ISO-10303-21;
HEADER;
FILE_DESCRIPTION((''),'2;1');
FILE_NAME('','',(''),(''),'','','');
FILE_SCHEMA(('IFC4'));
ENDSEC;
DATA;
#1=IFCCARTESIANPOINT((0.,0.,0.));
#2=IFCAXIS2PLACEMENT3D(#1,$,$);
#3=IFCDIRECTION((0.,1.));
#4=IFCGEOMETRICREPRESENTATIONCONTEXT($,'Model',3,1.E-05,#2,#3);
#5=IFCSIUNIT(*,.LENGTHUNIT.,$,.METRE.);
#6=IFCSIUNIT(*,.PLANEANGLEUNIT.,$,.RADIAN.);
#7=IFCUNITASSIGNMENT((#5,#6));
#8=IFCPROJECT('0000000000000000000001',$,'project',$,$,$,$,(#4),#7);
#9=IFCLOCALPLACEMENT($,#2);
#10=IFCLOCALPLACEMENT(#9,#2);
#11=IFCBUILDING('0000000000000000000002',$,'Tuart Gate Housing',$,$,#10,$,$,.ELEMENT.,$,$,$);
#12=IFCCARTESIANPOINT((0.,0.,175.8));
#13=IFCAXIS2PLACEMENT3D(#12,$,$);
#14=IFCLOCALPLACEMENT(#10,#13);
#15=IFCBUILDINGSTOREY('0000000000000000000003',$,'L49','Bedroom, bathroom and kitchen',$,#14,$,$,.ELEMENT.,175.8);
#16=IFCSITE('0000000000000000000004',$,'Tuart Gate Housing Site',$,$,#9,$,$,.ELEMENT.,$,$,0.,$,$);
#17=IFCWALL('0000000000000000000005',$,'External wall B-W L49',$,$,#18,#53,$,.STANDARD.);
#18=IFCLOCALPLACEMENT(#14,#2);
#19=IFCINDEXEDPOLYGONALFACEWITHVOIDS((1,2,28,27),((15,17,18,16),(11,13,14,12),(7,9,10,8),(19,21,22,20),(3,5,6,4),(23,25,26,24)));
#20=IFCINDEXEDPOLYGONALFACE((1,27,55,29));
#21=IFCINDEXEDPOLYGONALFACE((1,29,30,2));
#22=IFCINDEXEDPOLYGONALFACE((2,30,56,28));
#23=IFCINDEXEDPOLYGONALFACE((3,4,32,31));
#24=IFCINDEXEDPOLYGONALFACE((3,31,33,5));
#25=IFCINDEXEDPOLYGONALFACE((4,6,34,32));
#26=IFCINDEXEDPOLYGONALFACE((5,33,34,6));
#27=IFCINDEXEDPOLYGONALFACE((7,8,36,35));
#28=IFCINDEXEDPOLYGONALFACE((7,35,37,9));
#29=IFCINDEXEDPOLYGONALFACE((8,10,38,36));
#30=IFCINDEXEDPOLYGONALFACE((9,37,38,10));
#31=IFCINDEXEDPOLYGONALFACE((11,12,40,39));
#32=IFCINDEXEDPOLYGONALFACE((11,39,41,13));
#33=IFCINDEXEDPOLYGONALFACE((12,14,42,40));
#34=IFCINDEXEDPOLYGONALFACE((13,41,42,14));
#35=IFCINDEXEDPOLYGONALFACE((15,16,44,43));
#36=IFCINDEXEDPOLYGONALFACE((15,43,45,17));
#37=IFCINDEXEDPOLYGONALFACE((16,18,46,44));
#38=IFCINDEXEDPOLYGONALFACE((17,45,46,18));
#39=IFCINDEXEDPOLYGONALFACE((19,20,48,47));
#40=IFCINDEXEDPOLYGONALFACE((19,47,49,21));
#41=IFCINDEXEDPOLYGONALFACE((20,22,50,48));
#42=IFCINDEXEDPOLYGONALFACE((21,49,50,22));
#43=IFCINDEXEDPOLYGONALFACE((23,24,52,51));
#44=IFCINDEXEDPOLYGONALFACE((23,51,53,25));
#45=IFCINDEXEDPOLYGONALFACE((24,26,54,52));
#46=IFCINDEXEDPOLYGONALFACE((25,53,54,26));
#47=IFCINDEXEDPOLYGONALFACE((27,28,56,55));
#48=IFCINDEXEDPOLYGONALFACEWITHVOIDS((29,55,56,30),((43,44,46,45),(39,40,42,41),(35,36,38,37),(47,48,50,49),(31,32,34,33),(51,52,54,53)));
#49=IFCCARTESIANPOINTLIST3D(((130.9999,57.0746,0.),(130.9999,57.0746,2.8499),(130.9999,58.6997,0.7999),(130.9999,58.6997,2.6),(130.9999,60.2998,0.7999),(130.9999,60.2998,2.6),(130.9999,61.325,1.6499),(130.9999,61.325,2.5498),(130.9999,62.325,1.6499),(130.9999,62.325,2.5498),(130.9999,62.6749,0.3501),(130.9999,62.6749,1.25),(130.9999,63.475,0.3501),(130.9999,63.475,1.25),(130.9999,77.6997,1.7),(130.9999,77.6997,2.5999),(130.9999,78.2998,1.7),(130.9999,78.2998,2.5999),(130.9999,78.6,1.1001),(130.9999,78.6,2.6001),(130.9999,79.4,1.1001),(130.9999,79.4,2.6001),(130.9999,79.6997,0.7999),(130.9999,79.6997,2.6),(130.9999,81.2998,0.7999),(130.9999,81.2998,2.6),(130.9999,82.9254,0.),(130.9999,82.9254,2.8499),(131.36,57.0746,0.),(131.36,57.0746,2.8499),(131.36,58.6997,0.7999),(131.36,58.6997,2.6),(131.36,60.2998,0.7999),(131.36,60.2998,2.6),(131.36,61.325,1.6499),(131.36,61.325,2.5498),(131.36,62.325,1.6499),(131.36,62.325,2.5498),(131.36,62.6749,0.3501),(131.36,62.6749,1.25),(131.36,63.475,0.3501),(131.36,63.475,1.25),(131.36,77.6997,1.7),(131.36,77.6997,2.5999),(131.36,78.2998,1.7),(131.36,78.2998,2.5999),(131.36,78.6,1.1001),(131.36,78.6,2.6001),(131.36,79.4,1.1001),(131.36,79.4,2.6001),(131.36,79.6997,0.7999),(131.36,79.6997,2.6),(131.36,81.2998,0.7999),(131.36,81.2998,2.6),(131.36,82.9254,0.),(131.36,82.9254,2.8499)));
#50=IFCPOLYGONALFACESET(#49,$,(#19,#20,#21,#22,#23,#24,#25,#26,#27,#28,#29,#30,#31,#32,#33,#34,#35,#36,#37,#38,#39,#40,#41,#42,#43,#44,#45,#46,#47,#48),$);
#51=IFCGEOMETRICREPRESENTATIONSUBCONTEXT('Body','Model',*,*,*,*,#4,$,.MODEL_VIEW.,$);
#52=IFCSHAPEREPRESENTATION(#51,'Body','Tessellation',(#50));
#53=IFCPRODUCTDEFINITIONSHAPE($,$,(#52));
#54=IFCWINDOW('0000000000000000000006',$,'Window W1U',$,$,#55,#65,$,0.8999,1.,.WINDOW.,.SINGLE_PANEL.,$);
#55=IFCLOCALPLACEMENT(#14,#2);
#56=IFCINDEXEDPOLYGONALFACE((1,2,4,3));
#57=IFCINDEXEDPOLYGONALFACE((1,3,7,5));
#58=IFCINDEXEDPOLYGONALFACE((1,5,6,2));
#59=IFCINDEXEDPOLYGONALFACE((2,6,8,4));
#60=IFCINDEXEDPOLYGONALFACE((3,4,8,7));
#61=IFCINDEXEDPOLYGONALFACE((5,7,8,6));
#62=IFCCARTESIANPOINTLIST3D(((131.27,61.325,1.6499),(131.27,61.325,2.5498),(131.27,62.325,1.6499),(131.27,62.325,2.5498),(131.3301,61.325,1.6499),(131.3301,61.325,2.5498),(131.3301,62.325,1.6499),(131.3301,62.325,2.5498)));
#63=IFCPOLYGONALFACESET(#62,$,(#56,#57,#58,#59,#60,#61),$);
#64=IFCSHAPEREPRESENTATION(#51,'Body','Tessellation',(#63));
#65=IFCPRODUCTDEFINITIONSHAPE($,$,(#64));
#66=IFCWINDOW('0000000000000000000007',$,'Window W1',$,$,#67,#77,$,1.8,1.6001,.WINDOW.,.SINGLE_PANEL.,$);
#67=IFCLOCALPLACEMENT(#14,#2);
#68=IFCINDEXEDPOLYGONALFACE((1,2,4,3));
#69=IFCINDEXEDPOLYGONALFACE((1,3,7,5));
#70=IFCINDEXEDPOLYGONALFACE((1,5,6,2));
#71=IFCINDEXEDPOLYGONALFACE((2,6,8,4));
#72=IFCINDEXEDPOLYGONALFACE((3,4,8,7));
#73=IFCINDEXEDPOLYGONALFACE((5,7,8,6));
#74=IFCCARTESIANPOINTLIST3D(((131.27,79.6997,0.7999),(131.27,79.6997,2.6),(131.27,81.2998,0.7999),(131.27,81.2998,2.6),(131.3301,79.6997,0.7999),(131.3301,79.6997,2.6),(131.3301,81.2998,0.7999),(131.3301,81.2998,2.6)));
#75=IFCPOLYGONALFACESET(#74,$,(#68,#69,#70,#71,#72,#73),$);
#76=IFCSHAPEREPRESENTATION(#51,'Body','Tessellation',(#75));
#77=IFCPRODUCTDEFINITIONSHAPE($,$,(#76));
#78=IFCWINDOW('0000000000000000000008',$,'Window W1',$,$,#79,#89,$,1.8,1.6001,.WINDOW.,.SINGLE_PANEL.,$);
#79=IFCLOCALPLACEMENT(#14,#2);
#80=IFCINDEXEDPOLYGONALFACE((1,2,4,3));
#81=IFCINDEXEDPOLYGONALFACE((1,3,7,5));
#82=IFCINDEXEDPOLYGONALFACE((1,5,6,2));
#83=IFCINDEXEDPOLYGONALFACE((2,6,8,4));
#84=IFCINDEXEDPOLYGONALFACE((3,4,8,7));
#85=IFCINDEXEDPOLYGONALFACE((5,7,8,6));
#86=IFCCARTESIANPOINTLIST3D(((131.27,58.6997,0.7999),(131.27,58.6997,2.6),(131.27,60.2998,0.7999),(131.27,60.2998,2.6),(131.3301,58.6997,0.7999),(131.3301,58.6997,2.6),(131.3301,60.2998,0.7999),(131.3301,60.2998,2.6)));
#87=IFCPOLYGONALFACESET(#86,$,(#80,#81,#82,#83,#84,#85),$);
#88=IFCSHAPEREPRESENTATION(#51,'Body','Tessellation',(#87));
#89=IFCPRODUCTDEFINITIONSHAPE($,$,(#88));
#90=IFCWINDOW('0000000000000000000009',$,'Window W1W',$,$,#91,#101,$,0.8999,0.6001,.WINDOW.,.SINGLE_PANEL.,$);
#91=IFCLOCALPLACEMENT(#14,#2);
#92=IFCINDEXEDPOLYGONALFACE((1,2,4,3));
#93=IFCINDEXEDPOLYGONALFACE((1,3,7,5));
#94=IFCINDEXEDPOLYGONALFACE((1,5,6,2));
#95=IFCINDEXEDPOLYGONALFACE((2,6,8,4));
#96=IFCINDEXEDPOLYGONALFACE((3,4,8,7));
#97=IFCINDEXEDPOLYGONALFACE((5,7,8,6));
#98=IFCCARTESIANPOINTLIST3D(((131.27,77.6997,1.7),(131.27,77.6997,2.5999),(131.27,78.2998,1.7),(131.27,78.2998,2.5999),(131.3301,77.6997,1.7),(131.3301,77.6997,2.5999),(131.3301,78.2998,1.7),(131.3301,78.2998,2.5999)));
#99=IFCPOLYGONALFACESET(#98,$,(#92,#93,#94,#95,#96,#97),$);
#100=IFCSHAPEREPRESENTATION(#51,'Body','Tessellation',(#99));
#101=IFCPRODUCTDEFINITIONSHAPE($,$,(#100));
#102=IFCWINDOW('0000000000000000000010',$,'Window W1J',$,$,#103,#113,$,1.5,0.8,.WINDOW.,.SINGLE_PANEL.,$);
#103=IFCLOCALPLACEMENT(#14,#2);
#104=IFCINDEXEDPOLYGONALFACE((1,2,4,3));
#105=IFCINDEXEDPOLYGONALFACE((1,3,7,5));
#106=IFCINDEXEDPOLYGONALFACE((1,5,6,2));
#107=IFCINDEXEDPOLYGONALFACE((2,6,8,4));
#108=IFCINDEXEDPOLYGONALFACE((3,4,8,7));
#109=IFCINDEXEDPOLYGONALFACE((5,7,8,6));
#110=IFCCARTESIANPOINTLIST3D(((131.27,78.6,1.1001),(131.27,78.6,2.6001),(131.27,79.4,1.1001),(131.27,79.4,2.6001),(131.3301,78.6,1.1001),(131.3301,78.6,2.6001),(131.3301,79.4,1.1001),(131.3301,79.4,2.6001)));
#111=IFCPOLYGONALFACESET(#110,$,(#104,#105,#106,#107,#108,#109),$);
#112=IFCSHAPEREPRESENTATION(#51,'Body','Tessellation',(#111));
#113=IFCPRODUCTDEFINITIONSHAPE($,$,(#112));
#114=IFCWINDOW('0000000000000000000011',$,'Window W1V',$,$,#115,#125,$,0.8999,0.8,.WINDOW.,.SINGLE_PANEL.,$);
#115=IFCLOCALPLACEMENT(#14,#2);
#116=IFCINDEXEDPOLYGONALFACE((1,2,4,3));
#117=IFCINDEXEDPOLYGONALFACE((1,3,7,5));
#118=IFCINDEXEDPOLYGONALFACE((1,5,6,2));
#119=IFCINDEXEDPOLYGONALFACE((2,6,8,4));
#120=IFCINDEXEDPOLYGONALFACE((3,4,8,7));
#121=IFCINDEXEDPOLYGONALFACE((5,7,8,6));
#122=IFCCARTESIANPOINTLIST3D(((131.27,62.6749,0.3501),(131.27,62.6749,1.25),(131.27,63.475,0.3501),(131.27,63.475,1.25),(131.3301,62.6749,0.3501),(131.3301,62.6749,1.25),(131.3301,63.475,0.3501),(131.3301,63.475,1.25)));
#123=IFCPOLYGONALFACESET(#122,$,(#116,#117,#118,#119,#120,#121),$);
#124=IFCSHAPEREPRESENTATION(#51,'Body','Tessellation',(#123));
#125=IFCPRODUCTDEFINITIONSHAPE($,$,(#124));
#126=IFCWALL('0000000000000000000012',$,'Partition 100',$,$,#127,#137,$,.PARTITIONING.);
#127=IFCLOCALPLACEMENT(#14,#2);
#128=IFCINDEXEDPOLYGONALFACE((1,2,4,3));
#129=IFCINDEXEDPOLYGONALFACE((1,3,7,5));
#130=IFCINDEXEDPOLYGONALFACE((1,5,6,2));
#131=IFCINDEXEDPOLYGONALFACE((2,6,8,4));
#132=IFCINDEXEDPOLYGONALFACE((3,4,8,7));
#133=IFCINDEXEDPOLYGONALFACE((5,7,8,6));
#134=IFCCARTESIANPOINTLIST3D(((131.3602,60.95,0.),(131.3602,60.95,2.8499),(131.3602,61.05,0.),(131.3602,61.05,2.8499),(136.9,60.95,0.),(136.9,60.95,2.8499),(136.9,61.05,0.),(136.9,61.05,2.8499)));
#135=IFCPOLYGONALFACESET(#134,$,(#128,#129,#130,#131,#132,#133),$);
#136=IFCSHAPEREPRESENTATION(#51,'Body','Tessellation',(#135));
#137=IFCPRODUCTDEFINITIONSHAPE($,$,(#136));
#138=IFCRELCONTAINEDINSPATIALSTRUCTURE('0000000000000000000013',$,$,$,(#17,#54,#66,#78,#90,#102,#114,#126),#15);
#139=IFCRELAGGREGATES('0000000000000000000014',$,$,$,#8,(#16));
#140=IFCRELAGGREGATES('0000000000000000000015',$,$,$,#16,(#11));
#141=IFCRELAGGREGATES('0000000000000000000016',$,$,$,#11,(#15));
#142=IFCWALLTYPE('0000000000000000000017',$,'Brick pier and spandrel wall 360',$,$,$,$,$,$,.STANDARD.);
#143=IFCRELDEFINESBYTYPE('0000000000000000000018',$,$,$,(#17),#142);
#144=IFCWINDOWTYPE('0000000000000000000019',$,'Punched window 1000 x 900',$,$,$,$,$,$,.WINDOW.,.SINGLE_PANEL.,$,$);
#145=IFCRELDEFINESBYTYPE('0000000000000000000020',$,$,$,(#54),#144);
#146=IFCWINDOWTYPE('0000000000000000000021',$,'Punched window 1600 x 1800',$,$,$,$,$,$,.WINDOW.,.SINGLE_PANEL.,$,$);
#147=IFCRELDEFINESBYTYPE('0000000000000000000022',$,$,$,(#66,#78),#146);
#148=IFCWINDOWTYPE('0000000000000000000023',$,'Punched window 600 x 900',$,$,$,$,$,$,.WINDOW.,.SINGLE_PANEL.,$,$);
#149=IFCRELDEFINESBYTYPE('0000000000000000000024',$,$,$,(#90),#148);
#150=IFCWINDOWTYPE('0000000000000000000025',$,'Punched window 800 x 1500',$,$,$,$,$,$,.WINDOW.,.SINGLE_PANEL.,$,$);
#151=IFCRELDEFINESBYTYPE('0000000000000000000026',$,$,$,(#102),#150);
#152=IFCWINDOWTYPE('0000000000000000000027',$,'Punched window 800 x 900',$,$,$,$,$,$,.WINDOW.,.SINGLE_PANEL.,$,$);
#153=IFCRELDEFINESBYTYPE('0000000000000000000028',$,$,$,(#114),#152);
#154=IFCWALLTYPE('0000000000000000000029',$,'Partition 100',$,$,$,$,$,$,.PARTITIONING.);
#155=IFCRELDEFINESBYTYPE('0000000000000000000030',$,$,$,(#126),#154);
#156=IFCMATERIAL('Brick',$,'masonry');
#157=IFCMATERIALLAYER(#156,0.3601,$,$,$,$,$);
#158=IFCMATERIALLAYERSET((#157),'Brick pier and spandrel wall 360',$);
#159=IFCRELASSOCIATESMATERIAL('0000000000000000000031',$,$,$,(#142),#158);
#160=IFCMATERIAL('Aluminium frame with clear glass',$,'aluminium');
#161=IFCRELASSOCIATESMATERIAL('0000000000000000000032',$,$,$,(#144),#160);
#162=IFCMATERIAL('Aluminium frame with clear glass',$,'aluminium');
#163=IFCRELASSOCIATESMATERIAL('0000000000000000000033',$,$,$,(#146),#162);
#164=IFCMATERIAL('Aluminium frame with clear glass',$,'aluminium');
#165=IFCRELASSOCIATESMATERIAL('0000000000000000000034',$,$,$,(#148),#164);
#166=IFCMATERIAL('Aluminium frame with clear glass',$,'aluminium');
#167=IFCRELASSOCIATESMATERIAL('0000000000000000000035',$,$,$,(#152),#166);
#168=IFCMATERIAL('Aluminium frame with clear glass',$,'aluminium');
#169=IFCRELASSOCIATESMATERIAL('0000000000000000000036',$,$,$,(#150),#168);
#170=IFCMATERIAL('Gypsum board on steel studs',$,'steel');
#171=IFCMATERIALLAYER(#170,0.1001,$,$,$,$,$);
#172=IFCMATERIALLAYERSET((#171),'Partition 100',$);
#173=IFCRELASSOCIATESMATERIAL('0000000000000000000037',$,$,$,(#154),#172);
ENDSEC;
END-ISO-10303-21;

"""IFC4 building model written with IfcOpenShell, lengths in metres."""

from ifc_helpers import new_model, si_unit, direction, frame, frame_2d, origin, place, context, subcontext, project, spatial, rectangle, extrude, material, layer, layer_set, type_object, element, fill, save


model = new_model("IFC4")

# Units and contexts
model_context = context("Model", 3, precision=1e-05, world=origin(), true_north=direction((0.0, 1.0)))
body_context = subcontext(model_context, "Body", "Model", "MODEL_VIEW")
ifc_project = project(units=[si_unit("LENGTHUNIT", "METRE"), si_unit("PLANEANGLEUNIT", "RADIAN")], contexts=[model_context])

# Site, building, storey
site_placement = place(None, origin())
site = spatial("IfcSite", under=ifc_project, at=site_placement, Name="Tuart Gate Housing Site", CompositionType="ELEMENT", RefElevation=0.0)
building_placement = place(site_placement, origin())
building = spatial("IfcBuilding", under=site, at=building_placement, Name="Tuart Gate Housing", CompositionType="ELEMENT")
storey_placement = place(building_placement, frame((0.0, 0.0, 175.8)))
storey = spatial("IfcBuildingStorey", under=building, at=storey_placement, Name="L49", Description="Bedroom, bathroom and kitchen", CompositionType="ELEMENT", Elevation=175.8)

# Shared definitions
ifc_material_1 = material(Name="Brick", Category="masonry")
ifc_layer_1 = layer(ifc_material_1, 0.3601)
ifc_layer_set_1 = layer_set([ifc_layer_1], Name="Brick pier and spandrel wall 360")
wall_type_1 = type_object("IfcWallType", Name="Brick pier and spandrel wall 360", PredefinedType="STANDARD", material=ifc_layer_set_1)
ifc_material_2 = material(Name="Aluminium frame with clear glass", Category="aluminium")
window_type_1 = type_object("IfcWindowType", Name="Punched window 1000 x 900", PartitioningType="SINGLE_PANEL", PredefinedType="WINDOW", material=ifc_material_2)
ifc_material_3 = material(Name="Aluminium frame with clear glass", Category="aluminium")
window_type_2 = type_object("IfcWindowType", Name="Punched window 1600 x 1800", PartitioningType="SINGLE_PANEL", PredefinedType="WINDOW", material=ifc_material_3)
ifc_material_4 = material(Name="Aluminium frame with clear glass", Category="aluminium")
window_type_3 = type_object("IfcWindowType", Name="Punched window 600 x 900", PartitioningType="SINGLE_PANEL", PredefinedType="WINDOW", material=ifc_material_4)
ifc_material_5 = material(Name="Aluminium frame with clear glass", Category="aluminium")
window_type_4 = type_object("IfcWindowType", Name="Punched window 800 x 900", PartitioningType="SINGLE_PANEL", PredefinedType="WINDOW", material=ifc_material_5)

# Wall, openings, windows
wall_1_placement = place(storey_placement, frame((131.1799, 82.9253, 0.0), z_axis=(0.0, 0.0, 1.0), x_axis=(0.0, -1.0, 0.0)))
wall_1 = element("IfcWall", 1, at=wall_1_placement, inside=storey, type_object=wall_type_1, Name="External wall B-W L49", PredefinedType="STANDARD", context=body_context, shape_type="SweptSolid", body=[
    extrude(rectangle(XDim=25.8508, YDim=0.3601, at=frame_2d((12.9253, 0.0))), origin(), (0.0, 0.0, 1.0), 2.8499),
])
opening_1_placement = place(wall_1_placement, frame((1.6255, 0.0, 0.8)))
opening_1 = element("IfcOpeningElement", 2, at=opening_1_placement, cuts=wall_1, PredefinedType="OPENING", context=body_context, shape_type="SweptSolid", body=[
    extrude(rectangle(XDim=1.6001, YDim=1.8, at=frame_2d((0.8, 0.8999))), frame((0.0, 0.1899, 0.0), z_axis=(0.0, -1.0, 0.0), x_axis=(1.0, 0.0, 0.0)), (0.0, 0.0, 1.0), 0.3801),
])
opening_2_placement = place(wall_1_placement, frame((3.5254, 0.0, 1.1001)))
opening_2 = element("IfcOpeningElement", 3, at=opening_2_placement, cuts=wall_1, PredefinedType="OPENING", context=body_context, shape_type="SweptSolid", body=[
    extrude(rectangle(XDim=0.8, YDim=1.5, at=frame_2d((0.3999, 0.75))), frame((0.0, 0.1899, 0.0), z_axis=(0.0, -1.0, 0.0), x_axis=(1.0, 0.0, 0.0)), (0.0, 0.0, 1.0), 0.3801),
])
opening_3_placement = place(wall_1_placement, frame((19.4504, 0.0, 0.3501)))
opening_3 = element("IfcOpeningElement", 4, at=opening_3_placement, cuts=wall_1, PredefinedType="OPENING", context=body_context, shape_type="SweptSolid", body=[
    extrude(rectangle(XDim=0.8, YDim=0.8999, at=frame_2d((0.3999, 0.45))), frame((0.0, 0.1899, 0.0), z_axis=(0.0, -1.0, 0.0), x_axis=(1.0, 0.0, 0.0)), (0.0, 0.0, 1.0), 0.3801),
])
opening_4_placement = place(wall_1_placement, frame((22.6255, 0.0, 0.8)))
opening_4 = element("IfcOpeningElement", 5, at=opening_4_placement, cuts=wall_1, PredefinedType="OPENING", context=body_context, shape_type="SweptSolid", body=[
    extrude(rectangle(XDim=1.6001, YDim=1.8, at=frame_2d((0.8, 0.8999))), frame((0.0, 0.1899, 0.0), z_axis=(0.0, -1.0, 0.0), x_axis=(1.0, 0.0, 0.0)), (0.0, 0.0, 1.0), 0.3801),
])
opening_5_placement = place(wall_1_placement, frame((4.6255, 0.0, 1.7)))
opening_5 = element("IfcOpeningElement", 6, at=opening_5_placement, cuts=wall_1, PredefinedType="OPENING", context=body_context, shape_type="SweptSolid", body=[
    extrude(rectangle(XDim=0.6001, YDim=0.8999, at=frame_2d((0.3, 0.45))), frame((0.0, 0.1899, 0.0), z_axis=(0.0, -1.0, 0.0), x_axis=(1.0, 0.0, 0.0)), (0.0, 0.0, 1.0), 0.3801),
])
opening_6_placement = place(wall_1_placement, frame((20.6003, 0.0, 1.6499)))
opening_6 = element("IfcOpeningElement", 7, at=opening_6_placement, cuts=wall_1, PredefinedType="OPENING", context=body_context, shape_type="SweptSolid", body=[
    extrude(rectangle(XDim=1.0, YDim=0.8999, at=frame_2d((0.5, 0.45))), frame((0.0, 0.1899, 0.0), z_axis=(0.0, -1.0, 0.0), x_axis=(1.0, 0.0, 0.0)), (0.0, 0.0, 1.0), 0.3801),
])
window_1_placement = place(opening_6_placement, origin())
window_1 = element("IfcWindow", 8, at=window_1_placement, inside=storey, type_object=window_type_1, Name="Window W1U", OverallHeight=0.8999, OverallWidth=1.0, PartitioningType="SINGLE_PANEL", PredefinedType="WINDOW", context=body_context, shape_type="SweptSolid", body=[
    extrude(rectangle(XDim=1.0, YDim=0.8999, at=frame_2d((0.5, 0.45))), frame((0.0, 0.1501, 0.0), z_axis=(0.0, -1.0, 0.0), x_axis=(1.0, 0.0, 0.0)), (0.0, 0.0, 1.0), 0.0601),
])
fill(opening_6, window_1)
window_2_placement = place(opening_1_placement, origin())
window_2 = element("IfcWindow", 9, at=window_2_placement, inside=storey, type_object=window_type_2, Name="Window W1", OverallHeight=1.8, OverallWidth=1.6001, PartitioningType="SINGLE_PANEL", PredefinedType="WINDOW", context=body_context, shape_type="SweptSolid", body=[
    extrude(rectangle(XDim=1.6001, YDim=1.8, at=frame_2d((0.8, 0.8999))), frame((0.0, 0.1501, 0.0), z_axis=(0.0, -1.0, 0.0), x_axis=(1.0, 0.0, 0.0)), (0.0, 0.0, 1.0), 0.0601),
])
fill(opening_1, window_2)
window_3_placement = place(opening_4_placement, origin())
window_3 = element("IfcWindow", 10, at=window_3_placement, inside=storey, type_object=window_type_2, Name="Window W1", OverallHeight=1.8, OverallWidth=1.6001, PartitioningType="SINGLE_PANEL", PredefinedType="WINDOW", context=body_context, shape_type="SweptSolid", body=[
    extrude(rectangle(XDim=1.6001, YDim=1.8, at=frame_2d((0.8, 0.8999))), frame((0.0, 0.1501, 0.0), z_axis=(0.0, -1.0, 0.0), x_axis=(1.0, 0.0, 0.0)), (0.0, 0.0, 1.0), 0.0601),
])
fill(opening_4, window_3)
window_4_placement = place(opening_5_placement, origin())
window_4 = element("IfcWindow", 11, at=window_4_placement, inside=storey, type_object=window_type_3, Name="Window W1W", OverallHeight=0.8999, OverallWidth=0.6001, PartitioningType="SINGLE_PANEL", PredefinedType="WINDOW", context=body_context, shape_type="SweptSolid", body=[
    extrude(rectangle(XDim=0.6001, YDim=0.8999, at=frame_2d((0.3, 0.45))), frame((0.0, 0.1501, 0.0), z_axis=(0.0, -1.0, 0.0), x_axis=(1.0, 0.0, 0.0)), (0.0, 0.0, 1.0), 0.0601),
])
fill(opening_5, window_4)
ifc_material_6 = material(Name="Aluminium frame with clear glass", Category="aluminium")
window_type_5 = type_object("IfcWindowType", Name="Punched window 800 x 1500", PartitioningType="SINGLE_PANEL", PredefinedType="WINDOW", material=ifc_material_6)
window_5_placement = place(opening_2_placement, origin())
window_5 = element("IfcWindow", 12, at=window_5_placement, inside=storey, type_object=window_type_5, Name="Window W1J", OverallHeight=1.5, OverallWidth=0.8, PartitioningType="SINGLE_PANEL", PredefinedType="WINDOW", context=body_context, shape_type="SweptSolid", body=[
    extrude(rectangle(XDim=0.8, YDim=1.5, at=frame_2d((0.3999, 0.75))), frame((0.0, 0.1501, 0.0), z_axis=(0.0, -1.0, 0.0), x_axis=(1.0, 0.0, 0.0)), (0.0, 0.0, 1.0), 0.0601),
])
fill(opening_2, window_5)
window_6_placement = place(opening_3_placement, origin())
window_6 = element("IfcWindow", 13, at=window_6_placement, inside=storey, type_object=window_type_4, Name="Window W1V", OverallHeight=0.8999, OverallWidth=0.8, PartitioningType="SINGLE_PANEL", PredefinedType="WINDOW", context=body_context, shape_type="SweptSolid", body=[
    extrude(rectangle(XDim=0.8, YDim=0.8999, at=frame_2d((0.3999, 0.45))), frame((0.0, 0.1501, 0.0), z_axis=(0.0, -1.0, 0.0), x_axis=(1.0, 0.0, 0.0)), (0.0, 0.0, 1.0), 0.0601),
])
fill(opening_3, window_6)

# Wall
ifc_material_7 = material(Name="Gypsum board on steel studs", Category="steel")
ifc_layer_2 = layer(ifc_material_7, 0.1001)
ifc_layer_set_2 = layer_set([ifc_layer_2], Name="Partition 100")
wall_type_2 = type_object("IfcWallType", Name="Partition 100", PredefinedType="PARTITIONING", material=ifc_layer_set_2)
wall_2_placement = place(storey_placement, frame((131.3601, 61.0, 0.0), z_axis=(0.0, 0.0, 1.0), x_axis=(1.0, 0.0, 0.0)))
element("IfcWall", 14, at=wall_2_placement, inside=storey, type_object=wall_type_2, Name="Partition 100", PredefinedType="PARTITIONING", context=body_context, shape_type="SweptSolid", body=[
    extrude(rectangle(XDim=5.5398, YDim=0.1001, at=frame_2d((2.77, 0.0))), origin(), (0.0, 0.0, 1.0), 2.8499),
])

save(model, "model.ifc")
